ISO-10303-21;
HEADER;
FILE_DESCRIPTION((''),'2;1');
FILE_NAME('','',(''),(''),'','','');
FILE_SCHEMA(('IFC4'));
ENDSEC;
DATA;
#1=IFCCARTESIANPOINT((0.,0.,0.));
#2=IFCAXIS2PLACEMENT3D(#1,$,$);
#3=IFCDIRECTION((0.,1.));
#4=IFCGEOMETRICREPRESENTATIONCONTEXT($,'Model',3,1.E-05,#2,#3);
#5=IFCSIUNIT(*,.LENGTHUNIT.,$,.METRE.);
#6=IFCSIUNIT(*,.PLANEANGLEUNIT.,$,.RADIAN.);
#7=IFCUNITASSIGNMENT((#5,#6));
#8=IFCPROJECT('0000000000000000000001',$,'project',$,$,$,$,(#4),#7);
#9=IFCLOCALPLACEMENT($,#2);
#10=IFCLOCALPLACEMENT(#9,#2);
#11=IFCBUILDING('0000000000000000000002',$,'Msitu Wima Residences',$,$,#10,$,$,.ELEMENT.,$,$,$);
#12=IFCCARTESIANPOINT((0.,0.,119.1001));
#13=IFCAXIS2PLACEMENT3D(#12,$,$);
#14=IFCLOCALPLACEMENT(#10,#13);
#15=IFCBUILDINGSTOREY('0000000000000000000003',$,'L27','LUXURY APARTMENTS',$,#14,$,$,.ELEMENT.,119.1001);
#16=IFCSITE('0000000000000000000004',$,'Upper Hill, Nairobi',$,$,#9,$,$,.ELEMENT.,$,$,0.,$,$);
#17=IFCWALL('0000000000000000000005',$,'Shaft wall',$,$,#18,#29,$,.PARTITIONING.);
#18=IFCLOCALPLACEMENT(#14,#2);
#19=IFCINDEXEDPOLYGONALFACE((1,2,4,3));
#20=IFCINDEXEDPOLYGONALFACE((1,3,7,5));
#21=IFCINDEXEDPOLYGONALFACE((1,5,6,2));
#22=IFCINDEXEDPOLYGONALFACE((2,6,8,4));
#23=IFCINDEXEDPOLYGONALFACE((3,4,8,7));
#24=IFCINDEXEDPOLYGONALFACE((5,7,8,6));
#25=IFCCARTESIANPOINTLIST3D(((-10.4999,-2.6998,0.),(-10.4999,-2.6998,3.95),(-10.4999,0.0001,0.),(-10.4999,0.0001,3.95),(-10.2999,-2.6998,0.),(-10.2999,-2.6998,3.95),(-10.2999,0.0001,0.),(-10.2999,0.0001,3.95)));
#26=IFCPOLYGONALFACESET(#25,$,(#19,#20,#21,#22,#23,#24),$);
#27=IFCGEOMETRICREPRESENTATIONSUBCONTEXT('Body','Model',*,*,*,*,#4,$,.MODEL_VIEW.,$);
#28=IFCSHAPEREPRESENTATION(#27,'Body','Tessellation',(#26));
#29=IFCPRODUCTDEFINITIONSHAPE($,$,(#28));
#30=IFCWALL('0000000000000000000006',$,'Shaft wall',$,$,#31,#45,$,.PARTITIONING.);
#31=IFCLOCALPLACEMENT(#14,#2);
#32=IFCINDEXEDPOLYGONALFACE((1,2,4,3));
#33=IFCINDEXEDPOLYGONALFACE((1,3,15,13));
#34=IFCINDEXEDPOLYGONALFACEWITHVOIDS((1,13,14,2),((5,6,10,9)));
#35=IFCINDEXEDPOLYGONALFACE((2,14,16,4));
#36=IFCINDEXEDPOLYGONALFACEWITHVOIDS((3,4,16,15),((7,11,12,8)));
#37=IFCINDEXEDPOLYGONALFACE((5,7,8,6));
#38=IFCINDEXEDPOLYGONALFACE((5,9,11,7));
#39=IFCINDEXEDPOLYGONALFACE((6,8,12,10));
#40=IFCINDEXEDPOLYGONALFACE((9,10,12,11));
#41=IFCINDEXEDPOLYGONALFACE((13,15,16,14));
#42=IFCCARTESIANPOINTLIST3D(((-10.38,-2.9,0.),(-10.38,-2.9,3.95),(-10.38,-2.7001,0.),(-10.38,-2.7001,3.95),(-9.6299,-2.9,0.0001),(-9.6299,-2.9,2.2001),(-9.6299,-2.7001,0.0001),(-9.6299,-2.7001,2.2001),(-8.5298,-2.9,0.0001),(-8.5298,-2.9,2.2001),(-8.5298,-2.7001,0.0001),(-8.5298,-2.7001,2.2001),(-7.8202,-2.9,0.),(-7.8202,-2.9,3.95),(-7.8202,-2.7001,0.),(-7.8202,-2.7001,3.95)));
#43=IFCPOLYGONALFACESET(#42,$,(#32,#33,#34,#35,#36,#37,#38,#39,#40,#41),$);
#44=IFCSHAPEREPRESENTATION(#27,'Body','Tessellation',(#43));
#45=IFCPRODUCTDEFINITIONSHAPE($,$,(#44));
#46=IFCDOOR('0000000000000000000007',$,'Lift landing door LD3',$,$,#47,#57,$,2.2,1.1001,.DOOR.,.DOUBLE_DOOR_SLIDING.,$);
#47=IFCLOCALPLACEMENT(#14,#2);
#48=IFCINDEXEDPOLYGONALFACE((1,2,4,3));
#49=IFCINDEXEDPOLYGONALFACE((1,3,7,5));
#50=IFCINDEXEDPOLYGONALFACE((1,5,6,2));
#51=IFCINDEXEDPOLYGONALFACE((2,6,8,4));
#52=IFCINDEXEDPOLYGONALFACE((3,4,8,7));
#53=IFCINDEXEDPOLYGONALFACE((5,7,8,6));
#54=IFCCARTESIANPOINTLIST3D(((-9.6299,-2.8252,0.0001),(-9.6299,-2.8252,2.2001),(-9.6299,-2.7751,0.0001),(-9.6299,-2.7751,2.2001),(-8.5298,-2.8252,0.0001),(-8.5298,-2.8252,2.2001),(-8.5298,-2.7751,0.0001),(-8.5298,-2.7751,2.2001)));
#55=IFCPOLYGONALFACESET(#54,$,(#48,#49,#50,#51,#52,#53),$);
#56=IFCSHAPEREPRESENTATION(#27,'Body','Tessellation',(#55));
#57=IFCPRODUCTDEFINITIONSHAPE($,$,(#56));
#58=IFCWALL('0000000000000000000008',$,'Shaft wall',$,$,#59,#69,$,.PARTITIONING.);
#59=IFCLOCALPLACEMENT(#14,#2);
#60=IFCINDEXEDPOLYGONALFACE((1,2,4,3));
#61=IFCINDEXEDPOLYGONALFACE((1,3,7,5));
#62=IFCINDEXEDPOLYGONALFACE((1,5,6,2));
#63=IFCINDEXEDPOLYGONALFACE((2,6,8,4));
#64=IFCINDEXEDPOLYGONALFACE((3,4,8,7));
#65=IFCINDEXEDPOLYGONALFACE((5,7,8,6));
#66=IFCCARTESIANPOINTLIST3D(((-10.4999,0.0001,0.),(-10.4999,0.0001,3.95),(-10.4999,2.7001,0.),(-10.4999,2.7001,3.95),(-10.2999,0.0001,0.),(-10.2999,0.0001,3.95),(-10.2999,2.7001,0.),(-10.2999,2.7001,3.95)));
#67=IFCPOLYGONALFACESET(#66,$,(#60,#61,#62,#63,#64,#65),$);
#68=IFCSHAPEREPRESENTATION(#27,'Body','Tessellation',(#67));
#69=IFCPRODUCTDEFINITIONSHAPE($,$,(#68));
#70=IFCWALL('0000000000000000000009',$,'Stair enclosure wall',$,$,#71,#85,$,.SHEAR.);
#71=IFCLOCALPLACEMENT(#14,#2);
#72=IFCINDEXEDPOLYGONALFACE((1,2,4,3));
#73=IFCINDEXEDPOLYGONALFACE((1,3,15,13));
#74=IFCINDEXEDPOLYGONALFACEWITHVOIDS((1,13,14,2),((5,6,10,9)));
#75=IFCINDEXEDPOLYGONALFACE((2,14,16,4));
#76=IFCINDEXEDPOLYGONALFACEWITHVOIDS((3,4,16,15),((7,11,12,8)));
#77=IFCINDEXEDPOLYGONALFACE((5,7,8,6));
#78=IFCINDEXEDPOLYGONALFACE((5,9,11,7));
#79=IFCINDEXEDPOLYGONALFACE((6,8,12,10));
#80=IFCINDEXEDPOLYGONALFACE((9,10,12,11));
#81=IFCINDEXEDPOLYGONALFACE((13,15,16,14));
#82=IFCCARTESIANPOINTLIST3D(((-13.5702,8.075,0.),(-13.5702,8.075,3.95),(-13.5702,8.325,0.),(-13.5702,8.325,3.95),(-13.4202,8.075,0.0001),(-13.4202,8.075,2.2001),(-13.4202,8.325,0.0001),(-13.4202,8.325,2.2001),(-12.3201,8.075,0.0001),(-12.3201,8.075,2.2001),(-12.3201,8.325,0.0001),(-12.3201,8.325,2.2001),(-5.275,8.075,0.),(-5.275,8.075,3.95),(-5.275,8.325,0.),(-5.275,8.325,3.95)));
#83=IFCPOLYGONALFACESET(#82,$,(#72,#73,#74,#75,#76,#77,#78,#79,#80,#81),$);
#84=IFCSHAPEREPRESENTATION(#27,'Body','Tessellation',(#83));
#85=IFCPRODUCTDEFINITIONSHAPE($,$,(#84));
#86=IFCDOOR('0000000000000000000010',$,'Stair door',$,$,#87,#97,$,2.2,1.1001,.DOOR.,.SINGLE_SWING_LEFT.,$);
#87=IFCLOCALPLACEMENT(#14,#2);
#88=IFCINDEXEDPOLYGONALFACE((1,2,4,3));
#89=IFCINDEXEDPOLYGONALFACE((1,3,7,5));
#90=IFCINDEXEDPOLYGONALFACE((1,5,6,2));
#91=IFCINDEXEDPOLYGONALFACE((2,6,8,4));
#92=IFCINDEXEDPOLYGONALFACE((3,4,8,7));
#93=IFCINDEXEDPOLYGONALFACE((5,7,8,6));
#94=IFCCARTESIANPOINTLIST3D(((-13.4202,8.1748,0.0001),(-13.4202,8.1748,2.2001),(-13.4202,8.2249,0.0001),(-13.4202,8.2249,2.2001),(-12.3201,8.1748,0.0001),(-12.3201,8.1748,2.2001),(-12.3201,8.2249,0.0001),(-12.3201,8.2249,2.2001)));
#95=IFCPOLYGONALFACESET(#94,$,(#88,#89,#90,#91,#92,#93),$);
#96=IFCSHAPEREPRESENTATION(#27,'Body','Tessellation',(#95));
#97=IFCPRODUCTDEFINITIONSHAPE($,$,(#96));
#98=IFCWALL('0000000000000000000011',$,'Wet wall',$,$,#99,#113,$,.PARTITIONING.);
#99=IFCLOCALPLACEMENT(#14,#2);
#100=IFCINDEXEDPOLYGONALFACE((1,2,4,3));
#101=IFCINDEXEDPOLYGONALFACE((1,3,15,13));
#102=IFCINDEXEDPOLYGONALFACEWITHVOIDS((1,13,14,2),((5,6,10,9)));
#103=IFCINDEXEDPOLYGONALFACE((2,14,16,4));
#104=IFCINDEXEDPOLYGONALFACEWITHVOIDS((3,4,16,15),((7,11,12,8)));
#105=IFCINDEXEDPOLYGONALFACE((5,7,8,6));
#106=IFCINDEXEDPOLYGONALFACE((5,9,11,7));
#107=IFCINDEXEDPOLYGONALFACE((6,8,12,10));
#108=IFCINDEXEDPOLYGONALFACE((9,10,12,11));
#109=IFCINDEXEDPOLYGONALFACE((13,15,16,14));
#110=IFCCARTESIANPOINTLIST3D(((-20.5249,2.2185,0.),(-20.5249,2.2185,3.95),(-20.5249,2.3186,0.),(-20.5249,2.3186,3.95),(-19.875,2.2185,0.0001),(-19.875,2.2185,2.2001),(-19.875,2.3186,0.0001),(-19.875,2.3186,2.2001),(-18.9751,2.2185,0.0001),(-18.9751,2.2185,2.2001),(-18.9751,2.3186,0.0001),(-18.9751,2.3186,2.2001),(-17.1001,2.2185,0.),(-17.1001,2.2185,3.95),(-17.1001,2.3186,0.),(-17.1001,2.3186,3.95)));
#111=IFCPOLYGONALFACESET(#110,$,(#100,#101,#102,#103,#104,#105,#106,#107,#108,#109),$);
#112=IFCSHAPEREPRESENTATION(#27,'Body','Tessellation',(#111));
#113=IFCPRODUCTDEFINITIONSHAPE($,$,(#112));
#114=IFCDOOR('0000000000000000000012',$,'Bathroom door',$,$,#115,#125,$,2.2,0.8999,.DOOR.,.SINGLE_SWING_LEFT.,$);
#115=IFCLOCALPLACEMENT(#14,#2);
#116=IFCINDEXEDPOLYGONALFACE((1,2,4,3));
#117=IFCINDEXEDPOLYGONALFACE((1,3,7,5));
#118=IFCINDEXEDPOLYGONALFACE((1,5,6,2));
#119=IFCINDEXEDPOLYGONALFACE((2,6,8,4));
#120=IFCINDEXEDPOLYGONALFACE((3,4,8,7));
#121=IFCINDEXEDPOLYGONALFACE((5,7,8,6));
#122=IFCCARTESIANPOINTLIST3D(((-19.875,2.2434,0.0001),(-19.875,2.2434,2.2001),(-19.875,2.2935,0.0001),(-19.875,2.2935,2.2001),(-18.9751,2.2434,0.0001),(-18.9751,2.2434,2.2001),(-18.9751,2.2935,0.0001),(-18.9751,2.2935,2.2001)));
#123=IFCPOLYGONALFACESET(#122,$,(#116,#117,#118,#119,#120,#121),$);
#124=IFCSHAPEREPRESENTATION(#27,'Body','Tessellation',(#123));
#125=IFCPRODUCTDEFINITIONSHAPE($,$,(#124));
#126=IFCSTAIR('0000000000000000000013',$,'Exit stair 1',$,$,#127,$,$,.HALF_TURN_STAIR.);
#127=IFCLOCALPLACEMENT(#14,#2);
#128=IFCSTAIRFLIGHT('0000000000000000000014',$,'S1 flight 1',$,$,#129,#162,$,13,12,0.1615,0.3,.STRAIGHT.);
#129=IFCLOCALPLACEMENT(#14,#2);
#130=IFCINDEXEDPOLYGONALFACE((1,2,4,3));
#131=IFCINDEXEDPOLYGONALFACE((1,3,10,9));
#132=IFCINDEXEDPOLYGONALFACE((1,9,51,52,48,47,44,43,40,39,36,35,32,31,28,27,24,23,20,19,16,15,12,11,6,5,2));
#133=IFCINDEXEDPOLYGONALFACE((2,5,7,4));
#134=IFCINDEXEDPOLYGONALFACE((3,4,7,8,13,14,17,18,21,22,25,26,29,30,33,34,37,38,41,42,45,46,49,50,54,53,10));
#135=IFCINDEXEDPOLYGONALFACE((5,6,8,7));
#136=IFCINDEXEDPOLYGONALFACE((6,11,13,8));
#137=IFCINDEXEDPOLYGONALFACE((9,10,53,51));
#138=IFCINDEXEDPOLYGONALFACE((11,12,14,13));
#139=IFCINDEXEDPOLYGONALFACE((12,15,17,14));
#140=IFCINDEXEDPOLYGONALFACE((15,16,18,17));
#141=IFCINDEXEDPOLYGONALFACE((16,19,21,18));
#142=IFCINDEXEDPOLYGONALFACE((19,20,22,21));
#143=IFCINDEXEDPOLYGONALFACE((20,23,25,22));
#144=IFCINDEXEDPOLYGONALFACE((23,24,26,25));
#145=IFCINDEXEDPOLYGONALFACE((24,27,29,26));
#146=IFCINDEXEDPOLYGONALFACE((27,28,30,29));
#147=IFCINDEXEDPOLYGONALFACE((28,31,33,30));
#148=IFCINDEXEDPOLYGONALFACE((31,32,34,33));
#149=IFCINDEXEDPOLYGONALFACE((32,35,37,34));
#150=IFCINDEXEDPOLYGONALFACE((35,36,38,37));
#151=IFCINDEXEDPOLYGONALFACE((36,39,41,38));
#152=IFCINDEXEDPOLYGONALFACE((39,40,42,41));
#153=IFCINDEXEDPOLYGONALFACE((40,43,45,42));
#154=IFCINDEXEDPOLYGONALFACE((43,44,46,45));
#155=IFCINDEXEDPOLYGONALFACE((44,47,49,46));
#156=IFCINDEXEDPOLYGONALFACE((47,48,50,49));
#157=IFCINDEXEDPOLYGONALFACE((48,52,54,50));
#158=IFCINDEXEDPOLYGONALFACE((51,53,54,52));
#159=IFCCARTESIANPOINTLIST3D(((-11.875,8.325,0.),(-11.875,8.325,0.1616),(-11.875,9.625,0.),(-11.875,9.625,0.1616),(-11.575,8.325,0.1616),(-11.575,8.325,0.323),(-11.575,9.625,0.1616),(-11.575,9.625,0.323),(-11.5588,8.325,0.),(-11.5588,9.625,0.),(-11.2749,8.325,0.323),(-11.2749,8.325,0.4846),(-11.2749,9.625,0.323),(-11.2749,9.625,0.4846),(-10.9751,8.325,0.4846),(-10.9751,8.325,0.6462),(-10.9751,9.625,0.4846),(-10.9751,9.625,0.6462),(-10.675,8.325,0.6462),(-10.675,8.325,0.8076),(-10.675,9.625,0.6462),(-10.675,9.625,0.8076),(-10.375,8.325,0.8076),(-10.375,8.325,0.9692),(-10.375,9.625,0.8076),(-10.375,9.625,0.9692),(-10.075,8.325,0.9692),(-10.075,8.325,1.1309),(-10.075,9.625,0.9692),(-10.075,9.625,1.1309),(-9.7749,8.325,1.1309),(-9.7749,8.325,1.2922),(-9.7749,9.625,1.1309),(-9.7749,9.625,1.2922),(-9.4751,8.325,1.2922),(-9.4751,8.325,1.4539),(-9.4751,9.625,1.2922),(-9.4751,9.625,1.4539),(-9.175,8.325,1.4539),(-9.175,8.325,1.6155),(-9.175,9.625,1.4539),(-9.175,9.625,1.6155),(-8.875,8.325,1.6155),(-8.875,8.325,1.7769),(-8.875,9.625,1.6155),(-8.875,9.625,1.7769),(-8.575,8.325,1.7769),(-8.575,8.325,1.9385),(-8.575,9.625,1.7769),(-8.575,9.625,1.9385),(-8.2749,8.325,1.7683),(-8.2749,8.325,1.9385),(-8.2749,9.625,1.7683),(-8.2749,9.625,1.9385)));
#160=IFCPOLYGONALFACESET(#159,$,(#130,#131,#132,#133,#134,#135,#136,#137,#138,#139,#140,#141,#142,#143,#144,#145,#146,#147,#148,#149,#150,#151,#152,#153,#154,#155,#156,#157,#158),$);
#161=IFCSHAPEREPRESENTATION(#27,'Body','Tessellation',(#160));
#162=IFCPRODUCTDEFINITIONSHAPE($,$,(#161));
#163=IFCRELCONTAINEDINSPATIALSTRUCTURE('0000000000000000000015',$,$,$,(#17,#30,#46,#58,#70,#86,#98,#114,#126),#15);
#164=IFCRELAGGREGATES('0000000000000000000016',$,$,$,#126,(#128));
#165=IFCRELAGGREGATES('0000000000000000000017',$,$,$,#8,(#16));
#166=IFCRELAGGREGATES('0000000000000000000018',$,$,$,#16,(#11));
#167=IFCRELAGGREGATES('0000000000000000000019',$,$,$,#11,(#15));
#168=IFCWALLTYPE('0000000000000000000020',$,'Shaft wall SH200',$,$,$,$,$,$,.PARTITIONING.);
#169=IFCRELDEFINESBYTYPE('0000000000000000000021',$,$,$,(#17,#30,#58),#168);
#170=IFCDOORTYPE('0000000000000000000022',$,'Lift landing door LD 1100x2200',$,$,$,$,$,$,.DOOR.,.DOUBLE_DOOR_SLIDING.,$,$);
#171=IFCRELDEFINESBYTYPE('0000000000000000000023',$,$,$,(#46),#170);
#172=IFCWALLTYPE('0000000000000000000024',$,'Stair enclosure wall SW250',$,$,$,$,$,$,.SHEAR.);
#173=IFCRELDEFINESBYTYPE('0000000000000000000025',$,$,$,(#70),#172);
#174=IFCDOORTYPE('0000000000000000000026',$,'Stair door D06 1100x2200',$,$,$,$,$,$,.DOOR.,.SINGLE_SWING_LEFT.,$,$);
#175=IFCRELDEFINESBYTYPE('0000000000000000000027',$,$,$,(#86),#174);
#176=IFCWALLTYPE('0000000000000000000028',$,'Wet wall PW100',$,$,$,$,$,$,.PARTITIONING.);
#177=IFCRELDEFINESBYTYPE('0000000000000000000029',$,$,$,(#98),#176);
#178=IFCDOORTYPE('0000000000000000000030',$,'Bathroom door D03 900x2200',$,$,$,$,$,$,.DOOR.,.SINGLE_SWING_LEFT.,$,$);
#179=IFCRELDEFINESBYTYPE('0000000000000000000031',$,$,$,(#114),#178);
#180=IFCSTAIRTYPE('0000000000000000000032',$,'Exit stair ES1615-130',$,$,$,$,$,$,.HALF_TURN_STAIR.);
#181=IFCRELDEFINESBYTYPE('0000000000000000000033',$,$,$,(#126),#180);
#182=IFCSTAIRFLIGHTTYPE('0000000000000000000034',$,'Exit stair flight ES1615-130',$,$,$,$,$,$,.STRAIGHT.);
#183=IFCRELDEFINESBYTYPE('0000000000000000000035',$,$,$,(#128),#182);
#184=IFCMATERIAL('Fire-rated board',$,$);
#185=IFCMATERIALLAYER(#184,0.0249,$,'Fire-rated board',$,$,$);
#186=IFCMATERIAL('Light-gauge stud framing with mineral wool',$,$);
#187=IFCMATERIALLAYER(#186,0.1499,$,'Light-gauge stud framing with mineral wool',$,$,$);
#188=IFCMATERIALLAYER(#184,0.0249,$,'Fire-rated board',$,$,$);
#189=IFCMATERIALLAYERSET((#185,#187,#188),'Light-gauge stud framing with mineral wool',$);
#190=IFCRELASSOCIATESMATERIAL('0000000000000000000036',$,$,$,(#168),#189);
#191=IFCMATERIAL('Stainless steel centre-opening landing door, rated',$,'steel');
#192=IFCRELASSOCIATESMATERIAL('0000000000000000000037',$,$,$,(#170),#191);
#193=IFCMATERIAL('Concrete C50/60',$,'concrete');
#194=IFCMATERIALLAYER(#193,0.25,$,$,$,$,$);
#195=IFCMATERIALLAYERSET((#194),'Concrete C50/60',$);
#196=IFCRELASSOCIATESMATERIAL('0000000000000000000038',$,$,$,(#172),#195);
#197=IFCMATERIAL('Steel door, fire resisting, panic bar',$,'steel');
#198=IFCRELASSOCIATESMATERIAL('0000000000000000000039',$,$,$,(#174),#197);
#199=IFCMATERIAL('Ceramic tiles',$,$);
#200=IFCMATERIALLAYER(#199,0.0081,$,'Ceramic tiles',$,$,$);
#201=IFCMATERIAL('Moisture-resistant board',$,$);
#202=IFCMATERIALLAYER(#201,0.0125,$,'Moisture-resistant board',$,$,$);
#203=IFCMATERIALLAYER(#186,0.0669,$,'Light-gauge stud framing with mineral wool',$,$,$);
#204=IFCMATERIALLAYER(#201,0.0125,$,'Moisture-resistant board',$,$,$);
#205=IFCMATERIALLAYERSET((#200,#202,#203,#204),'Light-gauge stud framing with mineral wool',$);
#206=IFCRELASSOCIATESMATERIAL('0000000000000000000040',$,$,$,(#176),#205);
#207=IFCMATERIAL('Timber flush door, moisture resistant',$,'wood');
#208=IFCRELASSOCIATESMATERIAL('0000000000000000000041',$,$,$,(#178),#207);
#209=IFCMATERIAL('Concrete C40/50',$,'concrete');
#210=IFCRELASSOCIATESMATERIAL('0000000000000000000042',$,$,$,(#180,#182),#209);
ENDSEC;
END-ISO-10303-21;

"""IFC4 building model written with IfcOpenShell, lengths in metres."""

from ifc_helpers import new_model, si_unit, direction, frame, frame_2d, origin, place, context, subcontext, project, spatial, polyline, rectangle, outline, extrude, material, layer, layer_set, type_object, element, fill, aggregate, save


model = new_model("IFC4")

# Units and contexts
model_context = context("Model", 3, precision=1e-05, world=origin(), true_north=direction((0.0, 1.0)))
body_context = subcontext(model_context, "Body", "Model", "MODEL_VIEW")
ifc_project = project(units=[si_unit("LENGTHUNIT", "METRE"), si_unit("PLANEANGLEUNIT", "RADIAN")], contexts=[model_context])

# Site, building, storey
site_placement = place(None, origin())
site = spatial("IfcSite", under=ifc_project, at=site_placement, Name="Upper Hill, Nairobi", CompositionType="ELEMENT", RefElevation=0.0)
building_placement = place(site_placement, origin())
building = spatial("IfcBuilding", under=site, at=building_placement, Name="Msitu Wima Residences", CompositionType="ELEMENT")
storey_placement = place(building_placement, frame((0.0, 0.0, 119.1001)))
storey = spatial("IfcBuildingStorey", under=building, at=storey_placement, Name="L27", Description="LUXURY APARTMENTS", CompositionType="ELEMENT", Elevation=119.1001)

# Shared definitions
ifc_material_1 = material(Name="Fire-rated board")
ifc_layer_1 = layer(ifc_material_1, 0.0249, Name="Fire-rated board")
ifc_material_2 = material(Name="Light-gauge stud framing with mineral wool")
ifc_layer_2 = layer(ifc_material_2, 0.1499, Name="Light-gauge stud framing with mineral wool")
ifc_layer_3 = layer(ifc_material_1, 0.0249, Name="Fire-rated board")
ifc_layer_set_1 = layer_set([ifc_layer_1, ifc_layer_2, ifc_layer_3], Name="Light-gauge stud framing with mineral wool")
wall_type_1 = type_object("IfcWallType", Name="Shaft wall SH200", PredefinedType="PARTITIONING", material=ifc_layer_set_1)

# Shared definitions
ifc_material_3 = material(Name="Stainless steel centre-opening landing door, rated", Category="steel")
door_type_1 = type_object("IfcDoorType", Name="Lift landing door LD 1100x2200", OperationType="DOUBLE_DOOR_SLIDING", PredefinedType="DOOR", material=ifc_material_3)

# Wall
wall_1_placement = place(storey_placement, frame((-10.3999, -2.7, 0.0), z_axis=(0.0, 0.0, 1.0), x_axis=(0.0, 1.0, 0.0)))
element("IfcWall", 1, at=wall_1_placement, inside=storey, type_object=wall_type_1, Name="Shaft wall", PredefinedType="PARTITIONING", context=body_context, shape_type="SweptSolid", body=[
    extrude(rectangle(XDim=2.7, YDim=0.2, at=frame_2d((1.3501, 0.0))), origin(), (0.0, 0.0, 1.0), 3.95),
])

# Wall, opening, door
wall_2_placement = place(storey_placement, frame((-10.3799, -2.8, 0.0), z_axis=(0.0, 0.0, 1.0), x_axis=(1.0, 0.0, 0.0)))
wall_2 = element("IfcWall", 2, at=wall_2_placement, inside=storey, type_object=wall_type_1, Name="Shaft wall", PredefinedType="PARTITIONING", context=body_context, shape_type="SweptSolid", body=[
    extrude(rectangle(XDim=2.5598, YDim=0.2, at=frame_2d((1.2798, 0.0))), origin(), (0.0, 0.0, 1.0), 3.95),
])
opening_1_placement = place(wall_2_placement, frame((0.75, 0.0, 0.0)))
opening_1 = element("IfcOpeningElement", 3, at=opening_1_placement, cuts=wall_2, PredefinedType="OPENING", context=body_context, shape_type="SweptSolid", body=[
    extrude(rectangle(XDim=1.1001, YDim=2.2, at=frame_2d((0.55, 1.1001))), frame((0.0, 0.1099, 0.0), z_axis=(0.0, -1.0, 0.0), x_axis=(1.0, 0.0, 0.0)), (0.0, 0.0, 1.0), 0.22),
])
door_1_placement = place(opening_1_placement, origin())
door_1 = element("IfcDoor", 4, at=door_1_placement, inside=storey, type_object=door_type_1, Name="Lift landing door LD3", OperationType="DOUBLE_DOOR_SLIDING", OverallHeight=2.2, OverallWidth=1.1001, PredefinedType="DOOR", context=body_context, shape_type="SweptSolid", body=[
    extrude(rectangle(XDim=1.1001, YDim=2.2, at=frame_2d((0.55, 1.1001))), frame((0.0, 0.0249, 0.0), z_axis=(0.0, -1.0, 0.0), x_axis=(1.0, 0.0, 0.0)), (0.0, 0.0, 1.0), 0.05),
])
fill(opening_1, door_1)

# Wall
wall_3_placement = place(storey_placement, frame((-10.3999, 0.0, 0.0), z_axis=(0.0, 0.0, 1.0), x_axis=(0.0, 1.0, 0.0)))
element("IfcWall", 5, at=wall_3_placement, inside=storey, type_object=wall_type_1, Name="Shaft wall", PredefinedType="PARTITIONING", context=body_context, shape_type="SweptSolid", body=[
    extrude(rectangle(XDim=2.7, YDim=0.2, at=frame_2d((1.3501, 0.0))), origin(), (0.0, 0.0, 1.0), 3.95),
])

# Walls, openings, doors
ifc_material_4 = material(Name="Concrete C50/60", Category="concrete")
ifc_layer_4 = layer(ifc_material_4, 0.25)
ifc_layer_set_2 = layer_set([ifc_layer_4], Name="Concrete C50/60")
wall_type_2 = type_object("IfcWallType", Name="Stair enclosure wall SW250", PredefinedType="SHEAR", material=ifc_layer_set_2)
wall_4_placement = place(storey_placement, frame((-13.5701, 8.2, 0.0), z_axis=(0.0, 0.0, 1.0), x_axis=(1.0, 0.0, 0.0)))
wall_4 = element("IfcWall", 6, at=wall_4_placement, inside=storey, type_object=wall_type_2, Name="Stair enclosure wall", PredefinedType="SHEAR", context=body_context, shape_type="SweptSolid", body=[
    extrude(rectangle(XDim=8.2952, YDim=0.25, at=frame_2d((4.1475, 0.0))), origin(), (0.0, 0.0, 1.0), 3.95),
])
opening_2_placement = place(wall_4_placement, frame((0.1499, 0.0, 0.0)))
opening_2 = element("IfcOpeningElement", 7, at=opening_2_placement, cuts=wall_4, PredefinedType="OPENING", context=body_context, shape_type="SweptSolid", body=[
    extrude(rectangle(XDim=1.1001, YDim=2.2, at=frame_2d((0.55, 1.1001))), frame((0.0, 0.135, 0.0), z_axis=(0.0, -1.0, 0.0), x_axis=(1.0, 0.0, 0.0)), (0.0, 0.0, 1.0), 0.27),
])
ifc_material_5 = material(Name="Steel door, fire resisting, panic bar", Category="steel")
door_type_2 = type_object("IfcDoorType", Name="Stair door D06 1100x2200", OperationType="SINGLE_SWING_LEFT", PredefinedType="DOOR", material=ifc_material_5)
door_2_placement = place(opening_2_placement, origin())
door_2 = element("IfcDoor", 8, at=door_2_placement, inside=storey, type_object=door_type_2, Name="Stair door", OperationType="SINGLE_SWING_LEFT", OverallHeight=2.2, OverallWidth=1.1001, PredefinedType="DOOR", context=body_context, shape_type="SweptSolid", body=[
    extrude(rectangle(XDim=1.1001, YDim=2.2, at=frame_2d((0.55, 1.1001))), frame((0.0, 0.0249, 0.0), z_axis=(0.0, -1.0, 0.0), x_axis=(1.0, 0.0, 0.0)), (0.0, 0.0, 1.0), 0.05),
])
fill(opening_2, door_2)
ifc_material_6 = material(Name="Ceramic tiles")
ifc_layer_5 = layer(ifc_material_6, 0.0081, Name="Ceramic tiles")
ifc_material_7 = material(Name="Moisture-resistant board")
ifc_layer_6 = layer(ifc_material_7, 0.0125, Name="Moisture-resistant board")
ifc_layer_7 = layer(ifc_material_2, 0.0669, Name="Light-gauge stud framing with mineral wool")
ifc_layer_8 = layer(ifc_material_7, 0.0125, Name="Moisture-resistant board")
ifc_layer_set_3 = layer_set([ifc_layer_5, ifc_layer_6, ifc_layer_7, ifc_layer_8], Name="Light-gauge stud framing with mineral wool")
wall_type_3 = type_object("IfcWallType", Name="Wet wall PW100", PredefinedType="PARTITIONING", material=ifc_layer_set_3)
wall_5_placement = place(storey_placement, frame((-20.5249, 2.2686, 0.0), z_axis=(0.0, 0.0, 1.0), x_axis=(1.0, 0.0, 0.0)))
wall_5 = element("IfcWall", 9, at=wall_5_placement, inside=storey, type_object=wall_type_3, Name="Wet wall", PredefinedType="PARTITIONING", context=body_context, shape_type="SweptSolid", body=[
    extrude(rectangle(XDim=3.4248, YDim=0.1001, at=frame_2d((1.7124, 0.0))), origin(), (0.0, 0.0, 1.0), 3.95),
])
opening_3_placement = place(wall_5_placement, frame((0.6499, 0.0, 0.0)))
opening_3 = element("IfcOpeningElement", 10, at=opening_3_placement, cuts=wall_5, PredefinedType="OPENING", context=body_context, shape_type="SweptSolid", body=[
    extrude(rectangle(XDim=0.8999, YDim=2.2, at=frame_2d((0.45, 1.1001))), frame((0.0, 0.0601, 0.0), z_axis=(0.0, -1.0, 0.0), x_axis=(1.0, 0.0, 0.0)), (0.0, 0.0, 1.0), 0.1201),
])
ifc_material_8 = material(Name="Timber flush door, moisture resistant", Category="wood")
door_type_3 = type_object("IfcDoorType", Name="Bathroom door D03 900x2200", OperationType="SINGLE_SWING_LEFT", PredefinedType="DOOR", material=ifc_material_8)
door_3_placement = place(opening_3_placement, origin())
door_3 = element("IfcDoor", 11, at=door_3_placement, inside=storey, type_object=door_type_3, Name="Bathroom door", OperationType="SINGLE_SWING_LEFT", OverallHeight=2.2, OverallWidth=0.8999, PredefinedType="DOOR", context=body_context, shape_type="SweptSolid", body=[
    extrude(rectangle(XDim=0.8999, YDim=2.2, at=frame_2d((0.45, 1.1001))), frame((0.0, 0.0249, 0.0), z_axis=(0.0, -1.0, 0.0), x_axis=(1.0, 0.0, 0.0)), (0.0, 0.0, 1.0), 0.05),
])
fill(opening_3, door_3)

# Stair, stair flight
ifc_material_9 = material(Name="Concrete C40/50", Category="concrete")
stair_type = type_object("IfcStairType", Name="Exit stair ES1615-130", PredefinedType="HALF_TURN_STAIR", material=ifc_material_9)
stair_placement = place(storey_placement, origin())
stair = element("IfcStair", 12, at=stair_placement, inside=storey, type_object=stair_type, Name="Exit stair 1", PredefinedType="HALF_TURN_STAIR")
stair_flight_type = type_object("IfcStairFlightType", Name="Exit stair flight ES1615-130", PredefinedType="STRAIGHT", material=ifc_material_9)
stair_flight_placement = place(storey_placement, frame((-11.875, 8.9751, 0.0), z_axis=(0.0, 0.0, 1.0), x_axis=(1.0, 0.0, 0.0)))
stair_flight = element("IfcStairFlight", 13, at=stair_flight_placement, type_object=stair_flight_type, Name="S1 flight 1", NumberOfRisers=13, NumberOfTreads=12, PredefinedType="STRAIGHT", RiserHeight=0.1615, TreadLength=0.3, context=body_context, shape_type="SweptSolid", body=[
    extrude(outline(polyline([(0.0, 0.0), (0.0, 0.1616), (0.3, 0.1616), (0.3, 0.323), (0.6001, 0.323), (0.6001, 0.4846), (0.8999, 0.4846), (0.8999, 0.6462), (1.2, 0.6462), (1.2, 0.8076), (1.5, 0.8076), (1.5, 0.9692), (1.8, 0.9692), (1.8, 1.1309), (2.1001, 1.1309), (2.1001, 1.2922), (2.3999, 1.2922), (2.3999, 1.4539), (2.7, 1.4539), (2.7, 1.6155), (3.0, 1.6155), (3.0, 1.7769), (3.3, 1.7769), (3.3, 1.9385), (3.6001, 1.9385), (3.6001, 2.1001), (3.6001, 1.7683), (0.3162, 0.0), (0.0, 0.0)])), frame((0.0, 0.6499, 0.0), z_axis=(0.0, -1.0, 0.0), x_axis=(1.0, 0.0, 0.0)), (0.0, 0.0, 1.0), 1.3),
])
aggregate(stair, [stair_flight])

save(model, "model.ifc")
